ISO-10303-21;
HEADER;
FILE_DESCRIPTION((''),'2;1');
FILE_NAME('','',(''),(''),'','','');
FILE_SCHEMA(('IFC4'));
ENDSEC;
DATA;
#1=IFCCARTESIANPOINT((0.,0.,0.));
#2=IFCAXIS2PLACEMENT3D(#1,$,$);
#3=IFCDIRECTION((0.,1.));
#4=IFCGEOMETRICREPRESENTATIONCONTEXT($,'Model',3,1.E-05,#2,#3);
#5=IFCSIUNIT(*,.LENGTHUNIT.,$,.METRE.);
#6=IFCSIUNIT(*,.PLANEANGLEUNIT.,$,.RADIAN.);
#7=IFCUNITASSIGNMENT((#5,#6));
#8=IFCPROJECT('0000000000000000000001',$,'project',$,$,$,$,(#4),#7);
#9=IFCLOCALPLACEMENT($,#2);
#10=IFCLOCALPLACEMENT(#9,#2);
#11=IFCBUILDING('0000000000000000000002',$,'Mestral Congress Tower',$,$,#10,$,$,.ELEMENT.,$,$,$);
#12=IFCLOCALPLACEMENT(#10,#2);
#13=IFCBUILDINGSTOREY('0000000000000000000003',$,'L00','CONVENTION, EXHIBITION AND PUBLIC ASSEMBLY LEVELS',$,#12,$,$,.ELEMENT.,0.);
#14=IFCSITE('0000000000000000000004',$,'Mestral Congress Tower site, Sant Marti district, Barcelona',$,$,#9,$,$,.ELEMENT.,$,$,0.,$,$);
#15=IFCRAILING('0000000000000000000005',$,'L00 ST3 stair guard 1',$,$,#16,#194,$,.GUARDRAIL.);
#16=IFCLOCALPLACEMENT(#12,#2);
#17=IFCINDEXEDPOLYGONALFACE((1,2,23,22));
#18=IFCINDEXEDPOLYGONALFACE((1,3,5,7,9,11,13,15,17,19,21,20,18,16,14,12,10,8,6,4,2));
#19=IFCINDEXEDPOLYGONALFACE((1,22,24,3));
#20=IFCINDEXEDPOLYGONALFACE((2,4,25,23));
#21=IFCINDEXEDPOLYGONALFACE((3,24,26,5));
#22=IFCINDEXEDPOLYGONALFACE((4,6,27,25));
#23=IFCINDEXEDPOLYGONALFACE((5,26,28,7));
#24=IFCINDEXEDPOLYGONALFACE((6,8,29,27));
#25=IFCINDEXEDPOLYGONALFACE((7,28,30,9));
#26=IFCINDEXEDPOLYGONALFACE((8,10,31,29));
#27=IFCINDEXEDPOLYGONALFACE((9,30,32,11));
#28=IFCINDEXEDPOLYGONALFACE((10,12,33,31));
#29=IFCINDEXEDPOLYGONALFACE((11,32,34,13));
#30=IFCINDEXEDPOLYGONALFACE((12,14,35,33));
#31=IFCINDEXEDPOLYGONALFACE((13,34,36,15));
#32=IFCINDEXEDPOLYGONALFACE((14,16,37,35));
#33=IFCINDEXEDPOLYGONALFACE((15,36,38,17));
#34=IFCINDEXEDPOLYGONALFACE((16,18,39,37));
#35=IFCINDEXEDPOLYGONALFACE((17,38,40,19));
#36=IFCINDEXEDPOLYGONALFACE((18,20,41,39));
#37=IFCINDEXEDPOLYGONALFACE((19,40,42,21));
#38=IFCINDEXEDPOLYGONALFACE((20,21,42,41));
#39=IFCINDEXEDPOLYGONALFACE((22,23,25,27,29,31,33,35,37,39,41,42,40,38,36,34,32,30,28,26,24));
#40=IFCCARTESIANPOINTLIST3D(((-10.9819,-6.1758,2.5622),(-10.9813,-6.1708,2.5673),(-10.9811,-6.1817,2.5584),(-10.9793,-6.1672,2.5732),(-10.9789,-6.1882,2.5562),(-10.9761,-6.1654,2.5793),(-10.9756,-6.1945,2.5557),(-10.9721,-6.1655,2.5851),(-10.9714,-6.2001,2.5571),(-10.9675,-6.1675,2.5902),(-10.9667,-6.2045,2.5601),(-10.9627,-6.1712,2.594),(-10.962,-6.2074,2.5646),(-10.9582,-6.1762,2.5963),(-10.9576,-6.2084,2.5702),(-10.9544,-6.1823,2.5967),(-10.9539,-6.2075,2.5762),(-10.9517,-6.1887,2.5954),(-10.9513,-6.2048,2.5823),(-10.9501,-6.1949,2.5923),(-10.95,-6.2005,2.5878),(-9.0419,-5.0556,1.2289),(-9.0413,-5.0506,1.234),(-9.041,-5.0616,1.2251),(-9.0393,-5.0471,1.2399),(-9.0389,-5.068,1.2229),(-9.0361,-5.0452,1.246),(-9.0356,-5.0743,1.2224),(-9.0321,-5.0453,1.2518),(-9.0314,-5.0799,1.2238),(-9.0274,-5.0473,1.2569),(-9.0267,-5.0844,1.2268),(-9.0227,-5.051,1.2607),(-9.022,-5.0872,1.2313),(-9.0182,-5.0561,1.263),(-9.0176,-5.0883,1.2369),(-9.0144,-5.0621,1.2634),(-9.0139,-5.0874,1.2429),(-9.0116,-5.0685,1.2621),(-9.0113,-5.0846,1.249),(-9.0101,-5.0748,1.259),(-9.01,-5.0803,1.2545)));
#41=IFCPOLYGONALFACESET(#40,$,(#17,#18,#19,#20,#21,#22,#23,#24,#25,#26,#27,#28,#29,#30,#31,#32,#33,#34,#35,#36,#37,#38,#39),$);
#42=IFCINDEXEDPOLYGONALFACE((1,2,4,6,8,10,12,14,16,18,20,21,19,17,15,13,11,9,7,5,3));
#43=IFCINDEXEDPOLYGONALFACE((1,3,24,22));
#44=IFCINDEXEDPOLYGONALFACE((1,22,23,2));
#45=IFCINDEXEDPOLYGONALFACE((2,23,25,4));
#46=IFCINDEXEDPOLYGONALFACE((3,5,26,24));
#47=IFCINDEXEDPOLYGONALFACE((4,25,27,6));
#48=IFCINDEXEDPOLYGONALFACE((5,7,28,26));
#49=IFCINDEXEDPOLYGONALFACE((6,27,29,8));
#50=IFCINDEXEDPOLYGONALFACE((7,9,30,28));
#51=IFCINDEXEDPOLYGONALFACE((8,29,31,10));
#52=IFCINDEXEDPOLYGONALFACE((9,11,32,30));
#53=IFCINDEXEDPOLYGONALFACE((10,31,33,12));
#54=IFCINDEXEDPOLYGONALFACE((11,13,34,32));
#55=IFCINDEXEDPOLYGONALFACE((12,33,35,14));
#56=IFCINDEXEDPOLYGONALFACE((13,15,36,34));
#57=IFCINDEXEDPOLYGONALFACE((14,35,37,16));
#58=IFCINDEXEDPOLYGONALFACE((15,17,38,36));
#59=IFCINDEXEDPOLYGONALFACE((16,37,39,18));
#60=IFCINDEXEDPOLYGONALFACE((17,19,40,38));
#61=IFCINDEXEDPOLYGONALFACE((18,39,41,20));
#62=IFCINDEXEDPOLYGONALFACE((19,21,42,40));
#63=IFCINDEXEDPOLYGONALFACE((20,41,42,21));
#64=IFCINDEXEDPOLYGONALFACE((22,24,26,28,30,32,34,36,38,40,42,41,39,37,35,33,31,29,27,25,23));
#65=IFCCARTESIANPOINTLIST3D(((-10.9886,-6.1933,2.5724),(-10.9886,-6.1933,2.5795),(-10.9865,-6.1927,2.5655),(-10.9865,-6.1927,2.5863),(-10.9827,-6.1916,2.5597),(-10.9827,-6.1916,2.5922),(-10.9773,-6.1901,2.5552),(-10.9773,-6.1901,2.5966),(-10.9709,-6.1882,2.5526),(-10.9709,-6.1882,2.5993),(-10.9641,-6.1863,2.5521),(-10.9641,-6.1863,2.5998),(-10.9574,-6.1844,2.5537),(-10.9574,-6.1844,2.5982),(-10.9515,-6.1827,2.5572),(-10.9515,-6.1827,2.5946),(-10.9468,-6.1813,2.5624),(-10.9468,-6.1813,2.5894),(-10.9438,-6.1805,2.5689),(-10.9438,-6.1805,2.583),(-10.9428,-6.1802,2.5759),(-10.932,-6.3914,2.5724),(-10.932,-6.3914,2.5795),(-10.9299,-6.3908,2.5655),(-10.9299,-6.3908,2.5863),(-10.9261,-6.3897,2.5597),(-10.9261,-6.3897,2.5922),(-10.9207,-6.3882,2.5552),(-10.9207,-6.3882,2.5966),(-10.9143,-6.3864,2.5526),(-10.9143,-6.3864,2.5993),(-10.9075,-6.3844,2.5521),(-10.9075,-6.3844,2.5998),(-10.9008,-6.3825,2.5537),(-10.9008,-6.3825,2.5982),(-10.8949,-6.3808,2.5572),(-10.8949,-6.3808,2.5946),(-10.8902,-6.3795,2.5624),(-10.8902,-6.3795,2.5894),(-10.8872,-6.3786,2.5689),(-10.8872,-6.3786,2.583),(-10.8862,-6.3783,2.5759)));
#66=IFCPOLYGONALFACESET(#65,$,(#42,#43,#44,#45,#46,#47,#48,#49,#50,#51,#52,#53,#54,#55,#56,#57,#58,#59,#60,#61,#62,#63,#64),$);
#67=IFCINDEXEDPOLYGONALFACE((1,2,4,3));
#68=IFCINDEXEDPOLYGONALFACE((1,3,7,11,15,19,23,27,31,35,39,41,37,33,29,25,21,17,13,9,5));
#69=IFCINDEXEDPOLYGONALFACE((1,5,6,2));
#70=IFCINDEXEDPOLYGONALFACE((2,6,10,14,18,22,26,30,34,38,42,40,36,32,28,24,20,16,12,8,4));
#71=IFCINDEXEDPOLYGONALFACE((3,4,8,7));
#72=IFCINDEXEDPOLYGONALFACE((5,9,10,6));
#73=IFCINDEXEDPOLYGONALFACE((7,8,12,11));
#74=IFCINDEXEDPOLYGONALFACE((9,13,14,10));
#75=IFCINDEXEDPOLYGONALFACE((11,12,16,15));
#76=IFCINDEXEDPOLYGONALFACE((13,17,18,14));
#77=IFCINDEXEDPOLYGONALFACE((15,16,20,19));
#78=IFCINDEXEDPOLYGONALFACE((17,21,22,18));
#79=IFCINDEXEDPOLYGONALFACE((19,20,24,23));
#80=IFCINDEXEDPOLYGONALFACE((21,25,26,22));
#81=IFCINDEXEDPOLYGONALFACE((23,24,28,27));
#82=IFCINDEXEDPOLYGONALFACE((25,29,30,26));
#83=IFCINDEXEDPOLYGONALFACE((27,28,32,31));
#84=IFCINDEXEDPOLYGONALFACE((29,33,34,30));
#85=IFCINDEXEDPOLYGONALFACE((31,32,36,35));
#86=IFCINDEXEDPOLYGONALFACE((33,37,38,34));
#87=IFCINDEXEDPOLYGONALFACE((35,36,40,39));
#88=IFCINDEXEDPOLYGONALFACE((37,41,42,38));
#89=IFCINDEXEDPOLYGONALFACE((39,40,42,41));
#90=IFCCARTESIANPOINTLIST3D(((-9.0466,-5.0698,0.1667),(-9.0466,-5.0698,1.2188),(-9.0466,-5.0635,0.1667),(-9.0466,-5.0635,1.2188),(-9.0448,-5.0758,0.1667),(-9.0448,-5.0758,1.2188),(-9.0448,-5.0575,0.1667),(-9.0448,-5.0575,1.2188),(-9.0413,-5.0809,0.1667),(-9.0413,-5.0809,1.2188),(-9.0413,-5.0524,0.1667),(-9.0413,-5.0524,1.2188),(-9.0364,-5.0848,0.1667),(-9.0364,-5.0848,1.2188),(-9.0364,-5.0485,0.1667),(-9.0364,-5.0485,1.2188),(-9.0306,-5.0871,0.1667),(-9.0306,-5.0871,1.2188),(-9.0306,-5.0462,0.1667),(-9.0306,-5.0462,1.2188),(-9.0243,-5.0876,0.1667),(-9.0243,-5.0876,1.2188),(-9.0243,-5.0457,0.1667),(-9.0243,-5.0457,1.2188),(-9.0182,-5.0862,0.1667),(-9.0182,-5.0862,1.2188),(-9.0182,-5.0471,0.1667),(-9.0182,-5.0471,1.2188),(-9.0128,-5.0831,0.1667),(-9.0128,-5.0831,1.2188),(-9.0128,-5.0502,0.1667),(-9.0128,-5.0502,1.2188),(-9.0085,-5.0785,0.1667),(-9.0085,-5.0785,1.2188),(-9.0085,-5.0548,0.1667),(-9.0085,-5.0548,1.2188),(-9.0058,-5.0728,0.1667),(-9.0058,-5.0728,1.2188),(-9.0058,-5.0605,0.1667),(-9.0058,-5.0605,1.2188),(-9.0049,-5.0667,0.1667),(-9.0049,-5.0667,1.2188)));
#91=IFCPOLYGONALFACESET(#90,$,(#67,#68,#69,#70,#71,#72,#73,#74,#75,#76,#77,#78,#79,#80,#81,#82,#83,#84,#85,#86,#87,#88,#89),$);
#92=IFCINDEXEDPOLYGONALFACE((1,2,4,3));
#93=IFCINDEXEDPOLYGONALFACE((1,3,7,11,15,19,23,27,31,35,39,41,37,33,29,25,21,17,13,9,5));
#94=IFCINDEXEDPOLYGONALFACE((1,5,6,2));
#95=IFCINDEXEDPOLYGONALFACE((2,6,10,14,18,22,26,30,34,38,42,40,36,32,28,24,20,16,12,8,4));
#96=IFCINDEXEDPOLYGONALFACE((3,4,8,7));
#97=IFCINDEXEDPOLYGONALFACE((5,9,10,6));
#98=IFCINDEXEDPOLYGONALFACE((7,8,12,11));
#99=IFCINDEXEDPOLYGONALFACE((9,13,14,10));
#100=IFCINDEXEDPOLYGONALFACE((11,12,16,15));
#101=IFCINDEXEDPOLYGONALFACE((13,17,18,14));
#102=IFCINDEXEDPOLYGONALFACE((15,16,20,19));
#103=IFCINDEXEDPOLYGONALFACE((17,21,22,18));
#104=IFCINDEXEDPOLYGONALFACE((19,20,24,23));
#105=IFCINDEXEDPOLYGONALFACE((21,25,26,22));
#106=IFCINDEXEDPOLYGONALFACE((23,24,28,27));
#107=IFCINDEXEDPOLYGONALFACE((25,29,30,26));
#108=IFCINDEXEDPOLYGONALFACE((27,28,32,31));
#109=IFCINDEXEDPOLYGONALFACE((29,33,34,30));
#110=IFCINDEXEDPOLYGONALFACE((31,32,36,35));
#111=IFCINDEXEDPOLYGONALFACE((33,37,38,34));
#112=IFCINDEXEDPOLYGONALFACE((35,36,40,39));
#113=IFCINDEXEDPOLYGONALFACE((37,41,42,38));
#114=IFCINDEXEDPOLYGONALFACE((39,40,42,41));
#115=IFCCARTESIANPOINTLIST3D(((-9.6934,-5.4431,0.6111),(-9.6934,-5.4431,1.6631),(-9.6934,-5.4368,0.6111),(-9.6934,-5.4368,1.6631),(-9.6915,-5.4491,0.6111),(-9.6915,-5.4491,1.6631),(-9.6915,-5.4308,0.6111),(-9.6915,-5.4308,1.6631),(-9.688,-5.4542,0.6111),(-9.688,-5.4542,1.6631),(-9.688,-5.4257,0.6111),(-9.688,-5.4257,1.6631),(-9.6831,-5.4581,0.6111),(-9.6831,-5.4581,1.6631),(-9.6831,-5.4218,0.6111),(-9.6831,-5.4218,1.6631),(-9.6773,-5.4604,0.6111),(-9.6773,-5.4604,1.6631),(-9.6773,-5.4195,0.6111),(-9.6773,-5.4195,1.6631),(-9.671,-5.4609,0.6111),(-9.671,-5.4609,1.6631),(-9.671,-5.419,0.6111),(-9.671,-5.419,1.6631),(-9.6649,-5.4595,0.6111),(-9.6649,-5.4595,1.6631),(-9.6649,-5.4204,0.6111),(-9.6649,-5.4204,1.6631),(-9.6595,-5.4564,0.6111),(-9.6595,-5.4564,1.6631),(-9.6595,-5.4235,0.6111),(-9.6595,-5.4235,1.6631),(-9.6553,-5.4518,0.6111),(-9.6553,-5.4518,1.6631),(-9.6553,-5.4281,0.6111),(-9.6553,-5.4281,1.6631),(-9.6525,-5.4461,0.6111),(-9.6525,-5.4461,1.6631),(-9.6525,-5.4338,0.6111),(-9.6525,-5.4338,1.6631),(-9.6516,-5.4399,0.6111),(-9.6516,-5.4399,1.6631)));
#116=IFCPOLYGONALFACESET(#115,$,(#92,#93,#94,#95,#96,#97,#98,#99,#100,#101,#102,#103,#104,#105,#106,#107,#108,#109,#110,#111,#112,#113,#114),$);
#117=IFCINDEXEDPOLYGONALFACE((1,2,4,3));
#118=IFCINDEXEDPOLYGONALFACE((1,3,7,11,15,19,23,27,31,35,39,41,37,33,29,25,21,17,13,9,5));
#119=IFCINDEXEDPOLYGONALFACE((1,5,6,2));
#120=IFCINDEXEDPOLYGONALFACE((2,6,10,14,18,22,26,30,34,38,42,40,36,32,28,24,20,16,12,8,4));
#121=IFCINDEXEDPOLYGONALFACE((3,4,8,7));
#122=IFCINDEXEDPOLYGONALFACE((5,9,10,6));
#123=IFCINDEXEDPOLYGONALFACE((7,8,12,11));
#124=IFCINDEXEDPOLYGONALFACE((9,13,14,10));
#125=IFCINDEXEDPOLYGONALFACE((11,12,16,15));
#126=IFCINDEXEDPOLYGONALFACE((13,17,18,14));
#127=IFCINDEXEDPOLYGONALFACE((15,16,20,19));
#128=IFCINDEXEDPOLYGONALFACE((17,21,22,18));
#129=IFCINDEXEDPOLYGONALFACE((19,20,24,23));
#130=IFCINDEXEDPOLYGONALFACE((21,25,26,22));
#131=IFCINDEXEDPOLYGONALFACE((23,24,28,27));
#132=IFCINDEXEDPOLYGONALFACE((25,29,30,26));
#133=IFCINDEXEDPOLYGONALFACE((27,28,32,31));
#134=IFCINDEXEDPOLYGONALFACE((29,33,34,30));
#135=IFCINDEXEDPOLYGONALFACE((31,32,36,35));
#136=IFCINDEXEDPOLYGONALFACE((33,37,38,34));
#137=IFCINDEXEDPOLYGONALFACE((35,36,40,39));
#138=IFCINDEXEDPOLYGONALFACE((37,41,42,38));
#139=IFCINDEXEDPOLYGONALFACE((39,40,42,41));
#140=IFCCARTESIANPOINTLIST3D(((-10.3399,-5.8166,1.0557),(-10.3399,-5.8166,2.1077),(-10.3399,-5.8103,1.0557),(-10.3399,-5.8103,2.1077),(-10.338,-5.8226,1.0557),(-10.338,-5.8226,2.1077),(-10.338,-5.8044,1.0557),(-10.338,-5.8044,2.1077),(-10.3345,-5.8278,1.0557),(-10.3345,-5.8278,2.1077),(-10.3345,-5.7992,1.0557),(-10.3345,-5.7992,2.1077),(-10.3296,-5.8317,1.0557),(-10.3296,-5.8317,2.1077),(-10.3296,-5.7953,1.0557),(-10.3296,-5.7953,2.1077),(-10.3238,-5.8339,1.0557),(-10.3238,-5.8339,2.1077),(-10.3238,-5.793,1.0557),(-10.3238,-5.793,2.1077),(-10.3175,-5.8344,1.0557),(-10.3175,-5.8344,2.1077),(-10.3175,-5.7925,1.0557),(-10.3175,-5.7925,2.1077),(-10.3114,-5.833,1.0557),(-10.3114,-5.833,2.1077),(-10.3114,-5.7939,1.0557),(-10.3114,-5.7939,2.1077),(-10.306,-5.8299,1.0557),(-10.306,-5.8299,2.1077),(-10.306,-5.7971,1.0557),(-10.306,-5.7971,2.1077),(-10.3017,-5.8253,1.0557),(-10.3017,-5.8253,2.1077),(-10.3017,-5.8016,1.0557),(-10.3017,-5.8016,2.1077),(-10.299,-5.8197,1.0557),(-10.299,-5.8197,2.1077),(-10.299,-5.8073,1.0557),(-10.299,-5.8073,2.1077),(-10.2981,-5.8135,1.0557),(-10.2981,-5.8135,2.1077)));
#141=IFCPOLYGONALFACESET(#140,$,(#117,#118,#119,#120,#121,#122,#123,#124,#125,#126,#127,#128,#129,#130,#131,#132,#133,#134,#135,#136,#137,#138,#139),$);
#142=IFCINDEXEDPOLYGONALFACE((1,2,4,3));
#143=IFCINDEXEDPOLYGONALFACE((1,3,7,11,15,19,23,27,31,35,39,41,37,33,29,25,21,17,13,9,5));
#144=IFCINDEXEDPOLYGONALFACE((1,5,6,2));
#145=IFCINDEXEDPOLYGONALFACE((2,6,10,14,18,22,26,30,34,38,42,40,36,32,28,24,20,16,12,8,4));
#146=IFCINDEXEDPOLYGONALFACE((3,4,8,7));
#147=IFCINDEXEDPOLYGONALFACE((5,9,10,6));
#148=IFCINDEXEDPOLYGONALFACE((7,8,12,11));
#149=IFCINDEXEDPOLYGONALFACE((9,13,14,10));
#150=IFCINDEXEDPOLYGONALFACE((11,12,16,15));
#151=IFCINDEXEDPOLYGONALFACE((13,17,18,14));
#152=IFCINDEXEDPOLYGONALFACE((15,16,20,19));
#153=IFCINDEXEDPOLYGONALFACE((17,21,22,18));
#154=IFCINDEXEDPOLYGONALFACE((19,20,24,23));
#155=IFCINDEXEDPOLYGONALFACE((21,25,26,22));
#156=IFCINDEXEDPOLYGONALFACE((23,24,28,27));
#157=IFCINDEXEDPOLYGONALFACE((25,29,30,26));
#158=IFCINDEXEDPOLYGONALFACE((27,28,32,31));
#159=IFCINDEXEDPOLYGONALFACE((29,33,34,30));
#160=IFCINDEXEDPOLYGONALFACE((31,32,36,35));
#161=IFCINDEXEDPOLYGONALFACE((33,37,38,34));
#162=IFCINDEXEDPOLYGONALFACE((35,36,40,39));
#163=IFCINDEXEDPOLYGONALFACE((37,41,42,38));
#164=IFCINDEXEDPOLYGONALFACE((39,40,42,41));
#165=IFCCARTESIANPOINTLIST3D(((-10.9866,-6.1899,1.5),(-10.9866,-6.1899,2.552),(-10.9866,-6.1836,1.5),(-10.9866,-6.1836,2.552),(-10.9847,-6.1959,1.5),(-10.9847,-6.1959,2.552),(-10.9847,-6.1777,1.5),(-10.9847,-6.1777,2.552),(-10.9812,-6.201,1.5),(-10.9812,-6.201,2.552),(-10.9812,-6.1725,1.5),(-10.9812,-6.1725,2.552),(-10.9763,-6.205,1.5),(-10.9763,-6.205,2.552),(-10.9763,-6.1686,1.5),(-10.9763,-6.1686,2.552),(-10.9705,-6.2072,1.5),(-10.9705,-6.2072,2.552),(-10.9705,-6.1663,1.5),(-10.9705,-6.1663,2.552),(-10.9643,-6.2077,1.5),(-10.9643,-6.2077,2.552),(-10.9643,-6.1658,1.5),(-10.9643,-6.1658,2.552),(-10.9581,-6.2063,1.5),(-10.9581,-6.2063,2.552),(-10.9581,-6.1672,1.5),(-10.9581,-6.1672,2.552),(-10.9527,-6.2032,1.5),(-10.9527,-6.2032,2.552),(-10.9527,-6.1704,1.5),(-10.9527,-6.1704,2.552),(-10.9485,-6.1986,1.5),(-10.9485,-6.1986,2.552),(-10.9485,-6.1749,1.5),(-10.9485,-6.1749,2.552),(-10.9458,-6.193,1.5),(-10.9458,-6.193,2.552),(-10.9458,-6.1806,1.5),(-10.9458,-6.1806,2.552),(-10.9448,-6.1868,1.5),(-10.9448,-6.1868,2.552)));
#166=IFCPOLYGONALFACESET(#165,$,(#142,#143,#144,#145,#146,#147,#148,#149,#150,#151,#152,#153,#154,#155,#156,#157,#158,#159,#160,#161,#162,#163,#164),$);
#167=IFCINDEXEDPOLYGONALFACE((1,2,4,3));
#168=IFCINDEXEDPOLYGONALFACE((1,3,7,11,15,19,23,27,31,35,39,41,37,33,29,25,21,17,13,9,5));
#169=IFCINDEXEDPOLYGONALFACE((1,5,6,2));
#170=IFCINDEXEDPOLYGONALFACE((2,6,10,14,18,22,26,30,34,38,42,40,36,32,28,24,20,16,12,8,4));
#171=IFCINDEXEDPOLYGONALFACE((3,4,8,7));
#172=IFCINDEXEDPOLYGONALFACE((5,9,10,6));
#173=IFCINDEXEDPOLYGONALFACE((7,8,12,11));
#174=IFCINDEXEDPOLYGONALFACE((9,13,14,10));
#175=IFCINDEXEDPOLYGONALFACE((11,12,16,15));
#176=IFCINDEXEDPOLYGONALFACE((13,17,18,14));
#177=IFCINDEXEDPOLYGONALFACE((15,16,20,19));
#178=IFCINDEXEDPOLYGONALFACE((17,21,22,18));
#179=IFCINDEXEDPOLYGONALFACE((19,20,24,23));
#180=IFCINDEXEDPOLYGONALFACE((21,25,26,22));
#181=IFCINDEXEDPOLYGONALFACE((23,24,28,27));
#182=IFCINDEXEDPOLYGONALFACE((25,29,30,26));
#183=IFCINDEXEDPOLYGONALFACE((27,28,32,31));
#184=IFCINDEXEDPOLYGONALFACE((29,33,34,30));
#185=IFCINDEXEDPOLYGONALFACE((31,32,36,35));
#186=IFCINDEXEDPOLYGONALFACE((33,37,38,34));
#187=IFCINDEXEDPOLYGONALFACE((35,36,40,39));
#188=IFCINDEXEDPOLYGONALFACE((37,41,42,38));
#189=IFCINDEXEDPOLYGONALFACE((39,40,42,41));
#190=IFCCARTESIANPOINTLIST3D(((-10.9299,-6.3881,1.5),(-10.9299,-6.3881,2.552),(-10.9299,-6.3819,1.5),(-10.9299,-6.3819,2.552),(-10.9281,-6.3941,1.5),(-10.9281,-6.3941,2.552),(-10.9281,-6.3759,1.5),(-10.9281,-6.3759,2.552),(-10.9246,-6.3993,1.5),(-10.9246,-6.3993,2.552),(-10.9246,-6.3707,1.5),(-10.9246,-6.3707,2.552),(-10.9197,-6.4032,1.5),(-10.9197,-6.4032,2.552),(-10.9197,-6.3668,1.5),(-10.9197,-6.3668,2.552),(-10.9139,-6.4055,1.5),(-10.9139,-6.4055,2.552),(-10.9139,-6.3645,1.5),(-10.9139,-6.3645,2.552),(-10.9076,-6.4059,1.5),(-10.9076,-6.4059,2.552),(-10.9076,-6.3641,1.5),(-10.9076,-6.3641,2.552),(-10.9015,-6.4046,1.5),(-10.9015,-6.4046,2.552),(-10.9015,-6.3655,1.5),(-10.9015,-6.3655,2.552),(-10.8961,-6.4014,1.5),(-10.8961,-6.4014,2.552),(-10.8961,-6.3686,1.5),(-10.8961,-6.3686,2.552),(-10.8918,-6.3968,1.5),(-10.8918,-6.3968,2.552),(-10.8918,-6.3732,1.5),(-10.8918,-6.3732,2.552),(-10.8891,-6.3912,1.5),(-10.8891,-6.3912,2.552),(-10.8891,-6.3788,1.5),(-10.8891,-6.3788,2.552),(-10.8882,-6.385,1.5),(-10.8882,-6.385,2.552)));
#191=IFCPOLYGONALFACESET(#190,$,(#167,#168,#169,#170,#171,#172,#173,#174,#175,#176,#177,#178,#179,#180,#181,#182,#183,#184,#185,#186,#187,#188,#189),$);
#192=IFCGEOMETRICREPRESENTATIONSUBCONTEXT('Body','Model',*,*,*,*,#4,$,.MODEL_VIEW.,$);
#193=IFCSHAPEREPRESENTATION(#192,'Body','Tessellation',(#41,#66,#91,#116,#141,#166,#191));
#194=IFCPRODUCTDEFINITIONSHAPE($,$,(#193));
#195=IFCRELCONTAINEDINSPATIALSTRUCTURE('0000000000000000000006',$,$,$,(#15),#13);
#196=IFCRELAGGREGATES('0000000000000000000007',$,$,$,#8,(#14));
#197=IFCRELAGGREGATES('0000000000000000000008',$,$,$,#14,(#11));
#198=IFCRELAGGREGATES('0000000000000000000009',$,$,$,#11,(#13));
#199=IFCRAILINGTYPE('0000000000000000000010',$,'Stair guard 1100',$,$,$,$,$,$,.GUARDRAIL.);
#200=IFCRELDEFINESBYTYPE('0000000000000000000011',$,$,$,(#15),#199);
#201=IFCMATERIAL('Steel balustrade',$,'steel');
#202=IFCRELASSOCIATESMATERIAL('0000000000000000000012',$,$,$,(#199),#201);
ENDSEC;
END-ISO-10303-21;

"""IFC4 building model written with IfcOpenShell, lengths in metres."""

from ifc_helpers import new_model, si_unit, direction, frame, origin, origin_2d, place, context, subcontext, project, spatial, circle, extrude, material, type_object, element, save


model = new_model("IFC4")

# Units and contexts
model_context = context("Model", 3, precision=1e-05, world=origin(), true_north=direction((0.0, 1.0)))
body_context = subcontext(model_context, "Body", "Model", "MODEL_VIEW")
ifc_project = project(units=[si_unit("LENGTHUNIT", "METRE"), si_unit("PLANEANGLEUNIT", "RADIAN")], contexts=[model_context])

# Site, building, storey
site_placement = place(None, origin())
site = spatial("IfcSite", under=ifc_project, at=site_placement, Name="Mestral Congress Tower site, Sant Marti district, Barcelona", CompositionType="ELEMENT", RefElevation=0.0)
building_placement = place(site_placement, origin())
building = spatial("IfcBuilding", under=site, at=building_placement, Name="Mestral Congress Tower", CompositionType="ELEMENT")
storey_placement = place(building_placement, origin())
storey = spatial("IfcBuildingStorey", under=building, at=storey_placement, Name="L00", Description="CONVENTION, EXHIBITION AND PUBLIC ASSEMBLY LEVELS", CompositionType="ELEMENT", Elevation=0.0)

# Railing
ifc_material_1 = material(Name="Steel balustrade", Category="steel")
railing_type_1 = type_object("IfcRailingType", Name="Stair guard 1100", PredefinedType="GUARDRAIL", material=ifc_material_1)
for number, where, name in (
    (1, (-9.0259, -5.0667, 0.1667), "L00 ST3 stair guard 1"),
):
    element("IfcRailing", number, at=place(storey_placement, frame(where)), inside=storey, type_object=railing_type_1, Name=name, PredefinedType="GUARDRAIL", context=body_context, shape_type="SweptSolid", body=[
        extrude(circle(Radius=0.0239, at=origin_2d()), frame((0.0, 0.0, 1.0762), z_axis=(-0.744175, -0.429684, 0.511444), x_axis=(0.500031, -0.866008, 0.0)), (0.0, 0.0, 1.0), 2.6069),
        extrude(circle(Radius=0.0239, at=origin_2d()), frame((-1.9399, -1.1201, 2.4092), z_axis=(0.274721, -0.961524, 0.0), x_axis=(0.961524, 0.274721, 0.0)), (0.0, 0.0, 1.0), 0.2061),
        extrude(circle(Radius=0.021, at=origin_2d()), origin(), (0.0, 0.0, 1.0), 1.052),
        extrude(circle(Radius=0.021, at=origin_2d()), frame((-0.6467, -0.3733, 0.4443)), (0.0, 0.0, 1.0), 1.052),
        extrude(circle(Radius=0.021, at=origin_2d()), frame((-1.2932, -0.7468, 0.8889)), (0.0, 0.0, 1.0), 1.052),
        extrude(circle(Radius=0.021, at=origin_2d()), frame((-1.9399, -1.1201, 1.3333)), (0.0, 0.0, 1.0), 1.052),
        extrude(circle(Radius=0.021, at=origin_2d()), frame((-1.8833, -1.3184, 1.3333)), (0.0, 0.0, 1.0), 1.052),
    ])

save(model, "model.ifc")
